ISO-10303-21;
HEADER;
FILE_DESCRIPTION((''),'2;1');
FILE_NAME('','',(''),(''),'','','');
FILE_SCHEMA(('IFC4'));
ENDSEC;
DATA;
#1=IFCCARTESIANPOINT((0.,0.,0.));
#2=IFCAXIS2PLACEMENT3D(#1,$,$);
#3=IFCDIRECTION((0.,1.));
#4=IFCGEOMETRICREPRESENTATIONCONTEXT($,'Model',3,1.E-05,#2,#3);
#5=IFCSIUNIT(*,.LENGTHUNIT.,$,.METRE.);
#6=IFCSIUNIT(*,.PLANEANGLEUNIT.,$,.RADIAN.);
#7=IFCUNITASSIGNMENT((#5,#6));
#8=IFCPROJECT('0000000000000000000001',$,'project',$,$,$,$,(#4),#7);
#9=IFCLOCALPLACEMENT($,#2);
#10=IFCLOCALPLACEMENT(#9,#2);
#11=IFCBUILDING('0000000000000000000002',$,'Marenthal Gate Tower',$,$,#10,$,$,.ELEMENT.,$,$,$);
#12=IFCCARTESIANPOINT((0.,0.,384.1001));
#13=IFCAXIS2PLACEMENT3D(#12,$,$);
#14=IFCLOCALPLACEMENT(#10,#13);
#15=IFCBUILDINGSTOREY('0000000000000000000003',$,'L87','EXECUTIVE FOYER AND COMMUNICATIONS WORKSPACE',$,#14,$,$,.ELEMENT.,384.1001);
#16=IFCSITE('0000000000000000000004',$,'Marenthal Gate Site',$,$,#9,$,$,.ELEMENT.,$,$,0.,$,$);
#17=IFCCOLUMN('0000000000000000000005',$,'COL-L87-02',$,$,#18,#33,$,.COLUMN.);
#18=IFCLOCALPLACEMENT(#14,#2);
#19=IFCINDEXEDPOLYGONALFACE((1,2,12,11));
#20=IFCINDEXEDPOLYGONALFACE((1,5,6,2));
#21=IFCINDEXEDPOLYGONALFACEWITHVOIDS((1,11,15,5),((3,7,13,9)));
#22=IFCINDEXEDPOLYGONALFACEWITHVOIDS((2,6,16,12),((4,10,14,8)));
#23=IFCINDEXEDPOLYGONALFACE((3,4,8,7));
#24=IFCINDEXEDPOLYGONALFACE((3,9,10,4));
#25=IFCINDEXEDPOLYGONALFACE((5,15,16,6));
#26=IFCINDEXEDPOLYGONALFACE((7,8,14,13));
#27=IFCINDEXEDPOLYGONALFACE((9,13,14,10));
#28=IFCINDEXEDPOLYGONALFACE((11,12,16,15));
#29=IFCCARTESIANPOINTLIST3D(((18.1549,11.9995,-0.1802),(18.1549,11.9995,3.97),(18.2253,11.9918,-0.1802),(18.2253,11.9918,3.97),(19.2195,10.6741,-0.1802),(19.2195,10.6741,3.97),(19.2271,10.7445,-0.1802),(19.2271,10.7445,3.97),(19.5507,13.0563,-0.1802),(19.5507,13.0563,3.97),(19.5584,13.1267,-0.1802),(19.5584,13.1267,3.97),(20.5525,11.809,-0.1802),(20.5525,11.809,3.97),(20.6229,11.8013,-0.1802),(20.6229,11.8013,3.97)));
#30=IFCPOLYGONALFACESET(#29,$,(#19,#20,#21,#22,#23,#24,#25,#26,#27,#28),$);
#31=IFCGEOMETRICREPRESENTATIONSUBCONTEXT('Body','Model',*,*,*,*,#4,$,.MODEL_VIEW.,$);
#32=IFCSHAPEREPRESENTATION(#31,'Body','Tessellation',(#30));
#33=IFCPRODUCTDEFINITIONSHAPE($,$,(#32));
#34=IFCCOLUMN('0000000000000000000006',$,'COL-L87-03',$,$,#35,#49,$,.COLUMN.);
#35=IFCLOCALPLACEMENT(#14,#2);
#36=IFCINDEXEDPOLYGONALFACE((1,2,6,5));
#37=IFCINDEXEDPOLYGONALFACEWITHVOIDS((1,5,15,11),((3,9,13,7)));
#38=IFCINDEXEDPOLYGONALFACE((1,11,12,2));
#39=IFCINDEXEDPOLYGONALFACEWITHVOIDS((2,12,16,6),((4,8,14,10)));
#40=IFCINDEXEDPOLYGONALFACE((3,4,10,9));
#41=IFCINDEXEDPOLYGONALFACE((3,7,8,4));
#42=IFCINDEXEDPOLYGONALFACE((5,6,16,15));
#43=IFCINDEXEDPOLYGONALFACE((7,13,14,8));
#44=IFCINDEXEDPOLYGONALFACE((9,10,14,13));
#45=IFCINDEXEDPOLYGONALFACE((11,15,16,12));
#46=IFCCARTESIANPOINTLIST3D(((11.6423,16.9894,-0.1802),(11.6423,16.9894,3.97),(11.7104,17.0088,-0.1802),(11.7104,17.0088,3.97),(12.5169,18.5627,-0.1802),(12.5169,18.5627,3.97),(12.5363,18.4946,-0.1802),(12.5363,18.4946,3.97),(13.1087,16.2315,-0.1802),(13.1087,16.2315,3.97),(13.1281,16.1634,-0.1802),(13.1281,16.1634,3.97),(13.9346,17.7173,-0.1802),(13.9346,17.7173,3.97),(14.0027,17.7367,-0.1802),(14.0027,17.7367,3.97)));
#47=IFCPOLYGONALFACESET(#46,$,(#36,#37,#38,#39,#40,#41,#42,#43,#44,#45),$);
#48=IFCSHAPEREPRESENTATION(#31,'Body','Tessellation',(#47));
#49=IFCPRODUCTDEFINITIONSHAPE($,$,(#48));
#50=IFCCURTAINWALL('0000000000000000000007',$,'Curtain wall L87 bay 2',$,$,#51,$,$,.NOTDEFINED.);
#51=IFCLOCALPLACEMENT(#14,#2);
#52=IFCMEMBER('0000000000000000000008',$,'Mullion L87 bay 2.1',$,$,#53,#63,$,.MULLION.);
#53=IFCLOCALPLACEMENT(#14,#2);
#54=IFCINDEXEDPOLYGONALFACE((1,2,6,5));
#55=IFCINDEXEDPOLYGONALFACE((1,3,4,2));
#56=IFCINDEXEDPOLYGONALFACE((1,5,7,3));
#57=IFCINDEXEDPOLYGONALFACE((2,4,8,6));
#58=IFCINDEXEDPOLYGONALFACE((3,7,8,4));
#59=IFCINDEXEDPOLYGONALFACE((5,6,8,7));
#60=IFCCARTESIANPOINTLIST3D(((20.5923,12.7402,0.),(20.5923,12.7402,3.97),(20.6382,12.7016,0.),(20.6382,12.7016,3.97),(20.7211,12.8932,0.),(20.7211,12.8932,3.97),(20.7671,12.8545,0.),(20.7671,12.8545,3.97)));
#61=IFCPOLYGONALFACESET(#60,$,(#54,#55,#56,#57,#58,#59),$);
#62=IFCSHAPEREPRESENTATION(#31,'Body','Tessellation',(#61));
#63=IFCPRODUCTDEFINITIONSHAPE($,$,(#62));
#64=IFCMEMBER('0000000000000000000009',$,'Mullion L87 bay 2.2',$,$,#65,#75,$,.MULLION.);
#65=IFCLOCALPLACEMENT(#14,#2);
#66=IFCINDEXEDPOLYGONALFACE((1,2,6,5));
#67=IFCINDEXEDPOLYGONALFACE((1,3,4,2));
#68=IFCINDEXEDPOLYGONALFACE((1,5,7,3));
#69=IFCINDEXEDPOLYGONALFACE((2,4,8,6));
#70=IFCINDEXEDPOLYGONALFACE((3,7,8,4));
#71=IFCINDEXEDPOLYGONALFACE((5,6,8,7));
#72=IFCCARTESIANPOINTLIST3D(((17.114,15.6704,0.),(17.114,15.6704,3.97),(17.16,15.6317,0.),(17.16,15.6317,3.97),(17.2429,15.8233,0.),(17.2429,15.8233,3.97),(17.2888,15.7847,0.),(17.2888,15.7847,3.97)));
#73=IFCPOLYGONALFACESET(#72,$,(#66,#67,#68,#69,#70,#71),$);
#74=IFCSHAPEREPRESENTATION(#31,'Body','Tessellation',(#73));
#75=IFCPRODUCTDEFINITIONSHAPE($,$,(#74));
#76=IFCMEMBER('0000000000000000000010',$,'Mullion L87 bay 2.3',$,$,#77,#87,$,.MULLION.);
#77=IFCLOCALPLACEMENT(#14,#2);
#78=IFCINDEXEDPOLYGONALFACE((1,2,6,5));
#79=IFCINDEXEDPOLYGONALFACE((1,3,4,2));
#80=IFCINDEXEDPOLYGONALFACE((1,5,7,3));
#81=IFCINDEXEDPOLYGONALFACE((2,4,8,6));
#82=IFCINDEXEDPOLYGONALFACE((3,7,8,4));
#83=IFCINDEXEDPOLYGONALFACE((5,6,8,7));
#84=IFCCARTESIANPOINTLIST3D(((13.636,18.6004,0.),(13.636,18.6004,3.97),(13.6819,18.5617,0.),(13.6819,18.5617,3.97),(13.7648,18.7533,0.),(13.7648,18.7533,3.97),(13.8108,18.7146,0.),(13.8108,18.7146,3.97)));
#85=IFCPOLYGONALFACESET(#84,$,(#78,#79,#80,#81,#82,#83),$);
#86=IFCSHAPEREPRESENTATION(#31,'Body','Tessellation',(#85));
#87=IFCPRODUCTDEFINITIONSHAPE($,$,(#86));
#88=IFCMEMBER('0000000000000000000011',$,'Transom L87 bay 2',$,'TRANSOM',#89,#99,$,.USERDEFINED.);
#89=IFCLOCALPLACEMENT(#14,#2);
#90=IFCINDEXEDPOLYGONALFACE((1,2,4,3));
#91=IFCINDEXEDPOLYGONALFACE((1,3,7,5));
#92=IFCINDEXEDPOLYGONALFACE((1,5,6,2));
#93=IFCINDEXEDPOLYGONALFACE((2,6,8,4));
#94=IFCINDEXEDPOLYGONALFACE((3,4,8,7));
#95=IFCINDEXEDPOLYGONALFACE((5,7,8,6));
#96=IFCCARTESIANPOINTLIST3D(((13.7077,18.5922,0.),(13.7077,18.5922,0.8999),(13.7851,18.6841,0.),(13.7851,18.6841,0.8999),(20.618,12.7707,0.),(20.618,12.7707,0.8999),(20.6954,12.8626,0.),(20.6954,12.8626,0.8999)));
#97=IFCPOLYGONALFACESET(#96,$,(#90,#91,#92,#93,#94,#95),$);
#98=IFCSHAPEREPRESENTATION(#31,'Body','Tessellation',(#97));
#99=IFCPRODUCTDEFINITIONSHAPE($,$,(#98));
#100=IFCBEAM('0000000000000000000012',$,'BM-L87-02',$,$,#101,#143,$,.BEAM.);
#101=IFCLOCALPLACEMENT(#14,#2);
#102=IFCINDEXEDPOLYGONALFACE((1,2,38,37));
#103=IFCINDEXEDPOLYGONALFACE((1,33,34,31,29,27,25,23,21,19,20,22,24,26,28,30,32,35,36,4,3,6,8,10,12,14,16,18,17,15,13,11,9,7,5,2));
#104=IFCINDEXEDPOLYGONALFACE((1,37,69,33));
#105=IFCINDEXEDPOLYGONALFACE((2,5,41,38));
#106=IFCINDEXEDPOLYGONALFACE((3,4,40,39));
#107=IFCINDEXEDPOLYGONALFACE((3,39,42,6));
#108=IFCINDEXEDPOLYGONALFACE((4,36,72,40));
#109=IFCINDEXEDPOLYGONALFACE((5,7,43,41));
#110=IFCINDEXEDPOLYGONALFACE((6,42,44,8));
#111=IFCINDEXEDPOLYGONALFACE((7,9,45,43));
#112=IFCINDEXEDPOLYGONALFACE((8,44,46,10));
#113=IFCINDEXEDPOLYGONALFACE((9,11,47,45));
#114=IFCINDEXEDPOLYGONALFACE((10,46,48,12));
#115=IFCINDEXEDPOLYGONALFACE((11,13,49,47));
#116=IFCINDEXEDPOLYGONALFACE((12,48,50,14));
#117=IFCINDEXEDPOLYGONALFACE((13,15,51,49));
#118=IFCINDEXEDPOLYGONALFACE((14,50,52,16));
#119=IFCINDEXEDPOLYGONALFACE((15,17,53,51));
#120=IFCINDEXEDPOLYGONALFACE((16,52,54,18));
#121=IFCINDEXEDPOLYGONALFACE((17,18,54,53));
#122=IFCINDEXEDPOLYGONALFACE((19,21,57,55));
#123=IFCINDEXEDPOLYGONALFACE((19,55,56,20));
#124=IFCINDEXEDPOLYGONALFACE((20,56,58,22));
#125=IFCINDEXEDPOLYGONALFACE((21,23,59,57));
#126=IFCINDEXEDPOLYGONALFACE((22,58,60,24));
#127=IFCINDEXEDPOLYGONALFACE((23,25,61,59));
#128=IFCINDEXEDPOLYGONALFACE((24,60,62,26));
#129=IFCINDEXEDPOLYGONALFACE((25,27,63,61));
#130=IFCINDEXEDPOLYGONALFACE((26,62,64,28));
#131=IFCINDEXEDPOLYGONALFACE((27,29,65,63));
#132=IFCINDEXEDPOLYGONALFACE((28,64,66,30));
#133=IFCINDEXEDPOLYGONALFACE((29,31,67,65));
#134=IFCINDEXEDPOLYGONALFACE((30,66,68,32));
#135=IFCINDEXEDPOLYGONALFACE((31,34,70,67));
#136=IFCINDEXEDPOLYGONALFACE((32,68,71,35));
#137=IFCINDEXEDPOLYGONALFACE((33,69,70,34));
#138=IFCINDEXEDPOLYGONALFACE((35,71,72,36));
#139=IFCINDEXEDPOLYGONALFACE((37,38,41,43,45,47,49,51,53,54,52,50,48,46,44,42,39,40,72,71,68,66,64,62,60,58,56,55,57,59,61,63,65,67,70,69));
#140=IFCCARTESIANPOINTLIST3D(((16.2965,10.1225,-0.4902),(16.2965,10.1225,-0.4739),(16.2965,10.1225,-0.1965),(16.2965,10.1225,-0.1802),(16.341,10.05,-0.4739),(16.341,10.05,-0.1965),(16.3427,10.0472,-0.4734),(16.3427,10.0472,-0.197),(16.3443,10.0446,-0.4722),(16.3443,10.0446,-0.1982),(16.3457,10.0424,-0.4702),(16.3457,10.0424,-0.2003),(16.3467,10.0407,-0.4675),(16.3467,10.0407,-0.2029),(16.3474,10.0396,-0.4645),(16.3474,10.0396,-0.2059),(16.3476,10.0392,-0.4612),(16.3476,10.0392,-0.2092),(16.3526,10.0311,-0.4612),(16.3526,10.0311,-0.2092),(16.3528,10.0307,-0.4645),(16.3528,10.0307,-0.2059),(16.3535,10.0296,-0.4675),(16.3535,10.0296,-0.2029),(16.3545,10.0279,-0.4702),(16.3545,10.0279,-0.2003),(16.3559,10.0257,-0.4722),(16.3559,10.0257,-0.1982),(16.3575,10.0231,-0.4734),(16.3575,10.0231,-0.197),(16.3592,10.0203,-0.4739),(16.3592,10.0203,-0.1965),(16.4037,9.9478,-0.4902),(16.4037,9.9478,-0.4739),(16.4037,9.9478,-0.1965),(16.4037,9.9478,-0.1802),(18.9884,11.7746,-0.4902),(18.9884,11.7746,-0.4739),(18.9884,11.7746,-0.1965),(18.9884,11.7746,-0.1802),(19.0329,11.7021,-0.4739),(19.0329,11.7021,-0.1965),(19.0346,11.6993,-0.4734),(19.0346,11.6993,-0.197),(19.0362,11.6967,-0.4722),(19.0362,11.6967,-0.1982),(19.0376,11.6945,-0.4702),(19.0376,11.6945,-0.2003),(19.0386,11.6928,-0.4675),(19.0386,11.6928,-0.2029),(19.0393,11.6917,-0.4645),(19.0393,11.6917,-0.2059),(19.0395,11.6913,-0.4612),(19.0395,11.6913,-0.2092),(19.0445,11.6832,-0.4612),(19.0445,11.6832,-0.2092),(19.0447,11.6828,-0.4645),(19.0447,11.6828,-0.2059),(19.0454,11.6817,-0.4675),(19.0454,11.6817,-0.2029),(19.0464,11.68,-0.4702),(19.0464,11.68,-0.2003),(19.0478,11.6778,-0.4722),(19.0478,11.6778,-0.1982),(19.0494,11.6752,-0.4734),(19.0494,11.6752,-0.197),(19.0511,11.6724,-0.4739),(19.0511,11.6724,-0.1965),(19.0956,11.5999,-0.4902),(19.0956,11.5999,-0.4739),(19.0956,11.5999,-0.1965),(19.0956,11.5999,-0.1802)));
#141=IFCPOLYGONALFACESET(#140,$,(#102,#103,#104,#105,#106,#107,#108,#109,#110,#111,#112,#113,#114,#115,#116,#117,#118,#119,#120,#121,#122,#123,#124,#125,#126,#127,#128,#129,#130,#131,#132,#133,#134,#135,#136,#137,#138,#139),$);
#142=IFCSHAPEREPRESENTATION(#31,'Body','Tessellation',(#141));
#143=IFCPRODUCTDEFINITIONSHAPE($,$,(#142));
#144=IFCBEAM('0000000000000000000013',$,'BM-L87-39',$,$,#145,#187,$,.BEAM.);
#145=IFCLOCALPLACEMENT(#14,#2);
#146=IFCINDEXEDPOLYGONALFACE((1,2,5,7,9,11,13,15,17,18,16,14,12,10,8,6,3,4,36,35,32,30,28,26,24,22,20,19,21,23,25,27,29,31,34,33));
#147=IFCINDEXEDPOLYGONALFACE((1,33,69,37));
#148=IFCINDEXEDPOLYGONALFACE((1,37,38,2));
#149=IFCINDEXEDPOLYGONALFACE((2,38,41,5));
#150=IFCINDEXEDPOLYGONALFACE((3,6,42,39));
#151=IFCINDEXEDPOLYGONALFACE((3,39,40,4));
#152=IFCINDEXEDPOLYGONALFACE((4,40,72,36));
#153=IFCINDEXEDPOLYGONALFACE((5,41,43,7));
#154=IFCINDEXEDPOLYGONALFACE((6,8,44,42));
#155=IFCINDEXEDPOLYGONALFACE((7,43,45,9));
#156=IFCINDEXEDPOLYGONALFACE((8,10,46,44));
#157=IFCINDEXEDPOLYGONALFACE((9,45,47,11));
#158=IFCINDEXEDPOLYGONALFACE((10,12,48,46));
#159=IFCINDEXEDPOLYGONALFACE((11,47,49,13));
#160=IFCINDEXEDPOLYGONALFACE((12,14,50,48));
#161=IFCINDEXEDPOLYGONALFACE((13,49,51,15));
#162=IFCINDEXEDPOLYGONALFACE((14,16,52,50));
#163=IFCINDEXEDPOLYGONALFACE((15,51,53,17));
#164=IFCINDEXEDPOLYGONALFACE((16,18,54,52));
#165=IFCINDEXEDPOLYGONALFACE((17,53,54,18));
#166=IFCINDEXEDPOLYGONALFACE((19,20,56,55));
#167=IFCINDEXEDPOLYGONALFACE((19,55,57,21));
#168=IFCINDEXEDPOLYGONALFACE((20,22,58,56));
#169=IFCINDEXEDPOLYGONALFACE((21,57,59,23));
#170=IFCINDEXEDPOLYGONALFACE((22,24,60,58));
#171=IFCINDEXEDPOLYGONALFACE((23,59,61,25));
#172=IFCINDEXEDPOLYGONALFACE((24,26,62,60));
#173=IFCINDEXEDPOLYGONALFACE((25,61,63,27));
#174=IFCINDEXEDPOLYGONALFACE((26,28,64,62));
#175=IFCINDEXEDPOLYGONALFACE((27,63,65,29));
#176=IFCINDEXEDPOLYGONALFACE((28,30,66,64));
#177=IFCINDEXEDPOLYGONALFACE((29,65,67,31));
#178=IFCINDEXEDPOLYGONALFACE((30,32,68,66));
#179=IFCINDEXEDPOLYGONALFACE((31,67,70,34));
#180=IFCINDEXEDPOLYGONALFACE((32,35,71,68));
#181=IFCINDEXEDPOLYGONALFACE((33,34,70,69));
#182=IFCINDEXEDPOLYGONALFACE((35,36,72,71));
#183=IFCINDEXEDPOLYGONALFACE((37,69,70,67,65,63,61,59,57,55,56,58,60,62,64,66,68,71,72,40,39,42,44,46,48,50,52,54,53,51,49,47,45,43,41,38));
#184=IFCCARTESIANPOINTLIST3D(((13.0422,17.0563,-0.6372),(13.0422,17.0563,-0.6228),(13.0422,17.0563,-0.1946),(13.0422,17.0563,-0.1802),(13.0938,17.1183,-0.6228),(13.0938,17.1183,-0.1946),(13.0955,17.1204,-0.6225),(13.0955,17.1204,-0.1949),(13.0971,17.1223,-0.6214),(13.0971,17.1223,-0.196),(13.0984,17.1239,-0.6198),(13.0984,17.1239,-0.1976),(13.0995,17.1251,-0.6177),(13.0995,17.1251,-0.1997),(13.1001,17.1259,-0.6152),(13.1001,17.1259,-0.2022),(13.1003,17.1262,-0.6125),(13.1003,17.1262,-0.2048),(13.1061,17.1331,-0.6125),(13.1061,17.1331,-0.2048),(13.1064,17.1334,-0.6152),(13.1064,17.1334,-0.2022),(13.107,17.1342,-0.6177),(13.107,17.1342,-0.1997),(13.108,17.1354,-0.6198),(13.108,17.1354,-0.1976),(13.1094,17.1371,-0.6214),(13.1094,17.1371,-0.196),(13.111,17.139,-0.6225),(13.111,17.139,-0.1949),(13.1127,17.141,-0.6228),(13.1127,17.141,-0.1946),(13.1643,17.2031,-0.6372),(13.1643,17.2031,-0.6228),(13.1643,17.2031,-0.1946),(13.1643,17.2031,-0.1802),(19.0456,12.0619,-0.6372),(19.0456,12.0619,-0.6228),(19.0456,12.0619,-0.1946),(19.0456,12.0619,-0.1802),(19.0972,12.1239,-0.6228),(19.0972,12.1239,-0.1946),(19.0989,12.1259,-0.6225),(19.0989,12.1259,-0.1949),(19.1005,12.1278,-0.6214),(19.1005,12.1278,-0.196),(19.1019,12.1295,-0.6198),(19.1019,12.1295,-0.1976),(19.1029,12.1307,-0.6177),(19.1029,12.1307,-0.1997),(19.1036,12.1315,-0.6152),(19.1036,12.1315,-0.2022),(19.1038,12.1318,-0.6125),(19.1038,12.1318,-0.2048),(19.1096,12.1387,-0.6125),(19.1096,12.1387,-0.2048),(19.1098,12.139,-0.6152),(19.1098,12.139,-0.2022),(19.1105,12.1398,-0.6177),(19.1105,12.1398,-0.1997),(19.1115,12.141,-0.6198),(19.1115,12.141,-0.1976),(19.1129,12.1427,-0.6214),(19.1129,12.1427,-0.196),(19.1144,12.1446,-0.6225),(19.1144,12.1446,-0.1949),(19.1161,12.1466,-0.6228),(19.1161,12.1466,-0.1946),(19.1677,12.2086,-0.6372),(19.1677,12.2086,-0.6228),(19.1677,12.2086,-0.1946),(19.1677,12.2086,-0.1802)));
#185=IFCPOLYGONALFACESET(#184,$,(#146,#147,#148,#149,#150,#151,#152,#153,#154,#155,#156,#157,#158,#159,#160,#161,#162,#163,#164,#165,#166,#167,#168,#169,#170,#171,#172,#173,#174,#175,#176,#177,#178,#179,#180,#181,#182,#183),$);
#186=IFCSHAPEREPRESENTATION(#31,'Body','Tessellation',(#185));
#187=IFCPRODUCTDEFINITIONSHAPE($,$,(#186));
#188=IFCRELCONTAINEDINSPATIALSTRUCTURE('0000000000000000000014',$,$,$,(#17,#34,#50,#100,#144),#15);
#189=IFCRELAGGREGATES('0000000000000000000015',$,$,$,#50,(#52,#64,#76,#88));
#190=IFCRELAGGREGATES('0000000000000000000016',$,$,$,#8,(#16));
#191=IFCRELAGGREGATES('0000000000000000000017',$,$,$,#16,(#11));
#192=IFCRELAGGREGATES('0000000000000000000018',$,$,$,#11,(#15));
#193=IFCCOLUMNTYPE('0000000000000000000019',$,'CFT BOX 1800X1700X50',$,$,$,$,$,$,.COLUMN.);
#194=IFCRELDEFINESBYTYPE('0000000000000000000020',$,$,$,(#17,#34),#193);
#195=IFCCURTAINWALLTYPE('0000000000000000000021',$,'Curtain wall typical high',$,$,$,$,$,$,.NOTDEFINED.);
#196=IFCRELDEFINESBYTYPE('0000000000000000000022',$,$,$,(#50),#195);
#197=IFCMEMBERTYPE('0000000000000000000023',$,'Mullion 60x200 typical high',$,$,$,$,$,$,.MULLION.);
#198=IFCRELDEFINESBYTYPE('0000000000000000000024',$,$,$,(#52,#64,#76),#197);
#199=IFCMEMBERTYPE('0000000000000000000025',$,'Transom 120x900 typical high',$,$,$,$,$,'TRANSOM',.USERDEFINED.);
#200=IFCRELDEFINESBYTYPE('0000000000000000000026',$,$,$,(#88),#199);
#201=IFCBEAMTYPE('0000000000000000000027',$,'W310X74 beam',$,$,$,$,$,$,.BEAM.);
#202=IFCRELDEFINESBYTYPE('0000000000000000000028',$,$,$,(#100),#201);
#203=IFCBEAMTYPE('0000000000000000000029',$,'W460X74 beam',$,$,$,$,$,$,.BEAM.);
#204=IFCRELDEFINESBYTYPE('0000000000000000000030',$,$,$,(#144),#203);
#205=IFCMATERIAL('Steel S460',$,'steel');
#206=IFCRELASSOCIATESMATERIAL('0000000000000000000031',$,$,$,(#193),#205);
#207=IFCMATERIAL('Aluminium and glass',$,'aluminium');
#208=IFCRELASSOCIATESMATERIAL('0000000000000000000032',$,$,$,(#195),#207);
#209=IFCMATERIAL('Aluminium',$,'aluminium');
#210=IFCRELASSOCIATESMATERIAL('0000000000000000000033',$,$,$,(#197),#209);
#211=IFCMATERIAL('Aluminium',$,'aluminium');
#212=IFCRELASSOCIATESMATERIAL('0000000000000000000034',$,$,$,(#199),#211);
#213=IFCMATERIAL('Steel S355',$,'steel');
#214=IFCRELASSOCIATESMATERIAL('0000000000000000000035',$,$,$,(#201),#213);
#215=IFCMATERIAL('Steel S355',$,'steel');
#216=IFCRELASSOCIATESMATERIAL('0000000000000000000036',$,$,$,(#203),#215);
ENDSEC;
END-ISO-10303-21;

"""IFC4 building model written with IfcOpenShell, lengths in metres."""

from ifc_helpers import new_model, si_unit, direction, frame, origin, origin_2d, place, context, subcontext, project, spatial, rectangle, hollow_rectangle, i_section, extrude, material, material_profile, profile_set, type_object, element, aggregate, save


model = new_model("IFC4")

# Units and contexts
model_context = context("Model", 3, precision=1e-05, world=origin(), true_north=direction((0.0, 1.0)))
body_context = subcontext(model_context, "Body", "Model", "MODEL_VIEW")
ifc_project = project(units=[si_unit("LENGTHUNIT", "METRE"), si_unit("PLANEANGLEUNIT", "RADIAN")], contexts=[model_context])

# Site, building, storey
site_placement = place(None, origin())
site = spatial("IfcSite", under=ifc_project, at=site_placement, Name="Marenthal Gate Site", CompositionType="ELEMENT", RefElevation=0.0)
building_placement = place(site_placement, origin())
building = spatial("IfcBuilding", under=site, at=building_placement, Name="Marenthal Gate Tower", CompositionType="ELEMENT")
storey_placement = place(building_placement, frame((0.0, 0.0, 384.1001)))
storey = spatial("IfcBuildingStorey", under=building, at=storey_placement, Name="L87", Description="EXECUTIVE FOYER AND COMMUNICATIONS WORKSPACE", CompositionType="ELEMENT", Elevation=384.1001)

# Columns
ifc_material_1 = material(Name="Steel S460", Category="steel")
ifc_material_profile_1 = material_profile(ifc_material_1, hollow_rectangle(XDim=1.7, YDim=1.8, WallThickness=0.05, at=origin_2d()), Name="CFT BOX 1800X1700X50")
ifc_material_2 = material(Name="Concrete 70 MPa", Category="concrete")
ifc_material_profile_2 = material_profile(ifc_material_2, rectangle(XDim=1.6001, YDim=1.7, at=origin_2d()), Name="CFT BOX 1800X1700X50 INFILL")
ifc_profile_set_1 = profile_set([ifc_material_profile_1, ifc_material_profile_2], Name="Steel S460 shell, Concrete 70 MPa infill")
column_type = type_object("IfcColumnType", Name="CFT BOX 1800X1700X50", PredefinedType="COLUMN", material=ifc_profile_set_1)
for number, where, z_axis, x_axis, name in (
    (1, (19.3889, 11.9004, -0.1802), (0.0, 0.0, 1.0), (0.626198, -0.779664, 0.0), "COL-L87-02"),
    (2, (12.8225, 17.363, -0.1802), (0.0, 0.0, 1.0), (0.874037, -0.48586, 0.0), "COL-L87-03"),
):
    element("IfcColumn", number, at=place(storey_placement, frame(where, z_axis=z_axis, x_axis=x_axis)), inside=storey, type_object=column_type, Name=name, PredefinedType="COLUMN", context=body_context, shape_type="SweptSolid", body=[
        extrude(hollow_rectangle(XDim=1.7, YDim=1.8, WallThickness=0.05, at=origin_2d()), origin(), (0.0, 0.0, 1.0), 4.1501),
    ])

# Curtain wall, members
ifc_material_3 = material(Name="Aluminium and glass", Category="aluminium")
curtain_wall_type = type_object("IfcCurtainWallType", Name="Curtain wall typical high", PredefinedType="NOTDEFINED", material=ifc_material_3)
curtain_wall_placement = place(storey_placement, origin())
curtain_wall = element("IfcCurtainWall", 3, at=curtain_wall_placement, inside=storey, type_object=curtain_wall_type, Name="Curtain wall L87 bay 2", PredefinedType="NOTDEFINED")
ifc_material_4 = material(Name="Aluminium", Category="aluminium")
ifc_material_profile_3 = material_profile(ifc_material_4, rectangle(XDim=0.2, YDim=0.0601, at=origin_2d()), Name="60x200 aluminium mullion")
ifc_profile_set_2 = profile_set([ifc_material_profile_3], Name="Aluminium")
member_type_1 = type_object("IfcMemberType", Name="Mullion 60x200 typical high", PredefinedType="MULLION", material=ifc_profile_set_2)
member_1_placement = place(storey_placement, frame((20.6797, 12.7974, 0.0), z_axis=(0.0, 0.0, 1.0), x_axis=(-0.644265, -0.764802, 0.0)))
member_1 = element("IfcMember", 4, at=member_1_placement, type_object=member_type_1, Name="Mullion L87 bay 2.1", PredefinedType="MULLION", context=body_context, shape_type="SweptSolid", body=[
    extrude(rectangle(XDim=0.2, YDim=0.0601, at=origin_2d()), origin(), (0.0, 0.0, 1.0), 3.97),
])
member_2_placement = place(storey_placement, frame((17.2014, 15.7275, 0.0), z_axis=(0.0, 0.0, 1.0), x_axis=(-0.644265, -0.764802, 0.0)))
member_2 = element("IfcMember", 5, at=member_2_placement, type_object=member_type_1, Name="Mullion L87 bay 2.2", PredefinedType="MULLION", context=body_context, shape_type="SweptSolid", body=[
    extrude(rectangle(XDim=0.2, YDim=0.0601, at=origin_2d()), origin(), (0.0, 0.0, 1.0), 3.97),
])
member_3_placement = place(storey_placement, frame((13.7234, 18.6575, 0.0), z_axis=(0.0, 0.0, 1.0), x_axis=(-0.644265, -0.764802, 0.0)))
member_3 = element("IfcMember", 6, at=member_3_placement, type_object=member_type_1, Name="Mullion L87 bay 2.3", PredefinedType="MULLION", context=body_context, shape_type="SweptSolid", body=[
    extrude(rectangle(XDim=0.2, YDim=0.0601, at=origin_2d()), origin(), (0.0, 0.0, 1.0), 3.97),
])
ifc_material_5 = material(Name="Aluminium", Category="aluminium")
ifc_material_profile_4 = material_profile(ifc_material_5, rectangle(XDim=0.1201, YDim=0.8999, at=origin_2d()), Name="120x900 aluminium transom")
ifc_profile_set_3 = profile_set([ifc_material_profile_4], Name="Aluminium")
member_type_2 = type_object("IfcMemberType", Name="Transom 120x900 typical high", ElementType="TRANSOM", PredefinedType="USERDEFINED", material=ifc_profile_set_3)
member_4_placement = place(storey_placement, frame((20.6567, 12.8167, 0.45), z_axis=(-0.764789, 0.644281, 0.0), x_axis=(-0.644281, -0.764789, 0.0)))
member_4 = element("IfcMember", 7, at=member_4_placement, type_object=member_type_2, Name="Transom L87 bay 2", ObjectType="TRANSOM", PredefinedType="USERDEFINED", context=body_context, shape_type="SweptSolid", body=[
    extrude(rectangle(XDim=0.1201, YDim=0.8999, at=origin_2d()), origin(), (0.0, 0.0, 1.0), 9.0356),
])

# Beams
ifc_material_6 = material(Name="Steel S355", Category="steel")
ifc_material_profile_5 = material_profile(ifc_material_6, i_section(OverallWidth=0.2051, OverallDepth=0.3101, WebThickness=0.0095, FlangeThickness=0.0164, FilletRadius=0.0127, at=origin_2d()), Name="W310X74")
ifc_profile_set_4 = profile_set([ifc_material_profile_5], Name="Steel S355")
beam_type_1 = type_object("IfcBeamType", Name="W310X74 beam", PredefinedType="BEAM", material=ifc_profile_set_4)
beam_1_placement = place(storey_placement, frame((19.042, 11.6873, -0.3352), z_axis=(-0.852287, -0.523075, 0.0), x_axis=(0.523075, -0.852287, 0.0)))
element("IfcBeam", 8, at=beam_1_placement, inside=storey, type_object=beam_type_1, Name="BM-L87-02", PredefinedType="BEAM", context=body_context, shape_type="SweptSolid", body=[
    extrude(i_section(OverallWidth=0.2051, OverallDepth=0.3101, WebThickness=0.0095, FlangeThickness=0.0164, FilletRadius=0.0127, at=origin_2d()), origin(), (0.0, 0.0, 1.0), 3.1584),
])
ifc_material_7 = material(Name="Steel S355", Category="steel")
ifc_material_profile_6 = material_profile(ifc_material_7, i_section(OverallWidth=0.1909, OverallDepth=0.457, WebThickness=0.009, FlangeThickness=0.0144, FilletRadius=0.0103, at=origin_2d()), Name="W460X74")
ifc_profile_set_5 = profile_set([ifc_material_profile_6], Name="Steel S355")
beam_type_2 = type_object("IfcBeamType", Name="W460X74 beam", PredefinedType="BEAM", material=ifc_profile_set_5)
beam_2_placement = place(storey_placement, frame((19.1067, 12.1353, -0.4087), z_axis=(-0.768754, 0.639545, 0.0), x_axis=(-0.639545, -0.768754, 0.0)))
element("IfcBeam", 9, at=beam_2_placement, inside=storey, type_object=beam_type_2, Name="BM-L87-39", PredefinedType="BEAM", context=body_context, shape_type="SweptSolid", body=[
    extrude(i_section(OverallWidth=0.1909, OverallDepth=0.457, WebThickness=0.009, FlangeThickness=0.0144, FilletRadius=0.0103, at=origin_2d()), origin(), (0.0, 0.0, 1.0), 7.8093),
])

aggregate(curtain_wall, [member_1, member_2, member_3, member_4])

save(model, "model.ifc")
